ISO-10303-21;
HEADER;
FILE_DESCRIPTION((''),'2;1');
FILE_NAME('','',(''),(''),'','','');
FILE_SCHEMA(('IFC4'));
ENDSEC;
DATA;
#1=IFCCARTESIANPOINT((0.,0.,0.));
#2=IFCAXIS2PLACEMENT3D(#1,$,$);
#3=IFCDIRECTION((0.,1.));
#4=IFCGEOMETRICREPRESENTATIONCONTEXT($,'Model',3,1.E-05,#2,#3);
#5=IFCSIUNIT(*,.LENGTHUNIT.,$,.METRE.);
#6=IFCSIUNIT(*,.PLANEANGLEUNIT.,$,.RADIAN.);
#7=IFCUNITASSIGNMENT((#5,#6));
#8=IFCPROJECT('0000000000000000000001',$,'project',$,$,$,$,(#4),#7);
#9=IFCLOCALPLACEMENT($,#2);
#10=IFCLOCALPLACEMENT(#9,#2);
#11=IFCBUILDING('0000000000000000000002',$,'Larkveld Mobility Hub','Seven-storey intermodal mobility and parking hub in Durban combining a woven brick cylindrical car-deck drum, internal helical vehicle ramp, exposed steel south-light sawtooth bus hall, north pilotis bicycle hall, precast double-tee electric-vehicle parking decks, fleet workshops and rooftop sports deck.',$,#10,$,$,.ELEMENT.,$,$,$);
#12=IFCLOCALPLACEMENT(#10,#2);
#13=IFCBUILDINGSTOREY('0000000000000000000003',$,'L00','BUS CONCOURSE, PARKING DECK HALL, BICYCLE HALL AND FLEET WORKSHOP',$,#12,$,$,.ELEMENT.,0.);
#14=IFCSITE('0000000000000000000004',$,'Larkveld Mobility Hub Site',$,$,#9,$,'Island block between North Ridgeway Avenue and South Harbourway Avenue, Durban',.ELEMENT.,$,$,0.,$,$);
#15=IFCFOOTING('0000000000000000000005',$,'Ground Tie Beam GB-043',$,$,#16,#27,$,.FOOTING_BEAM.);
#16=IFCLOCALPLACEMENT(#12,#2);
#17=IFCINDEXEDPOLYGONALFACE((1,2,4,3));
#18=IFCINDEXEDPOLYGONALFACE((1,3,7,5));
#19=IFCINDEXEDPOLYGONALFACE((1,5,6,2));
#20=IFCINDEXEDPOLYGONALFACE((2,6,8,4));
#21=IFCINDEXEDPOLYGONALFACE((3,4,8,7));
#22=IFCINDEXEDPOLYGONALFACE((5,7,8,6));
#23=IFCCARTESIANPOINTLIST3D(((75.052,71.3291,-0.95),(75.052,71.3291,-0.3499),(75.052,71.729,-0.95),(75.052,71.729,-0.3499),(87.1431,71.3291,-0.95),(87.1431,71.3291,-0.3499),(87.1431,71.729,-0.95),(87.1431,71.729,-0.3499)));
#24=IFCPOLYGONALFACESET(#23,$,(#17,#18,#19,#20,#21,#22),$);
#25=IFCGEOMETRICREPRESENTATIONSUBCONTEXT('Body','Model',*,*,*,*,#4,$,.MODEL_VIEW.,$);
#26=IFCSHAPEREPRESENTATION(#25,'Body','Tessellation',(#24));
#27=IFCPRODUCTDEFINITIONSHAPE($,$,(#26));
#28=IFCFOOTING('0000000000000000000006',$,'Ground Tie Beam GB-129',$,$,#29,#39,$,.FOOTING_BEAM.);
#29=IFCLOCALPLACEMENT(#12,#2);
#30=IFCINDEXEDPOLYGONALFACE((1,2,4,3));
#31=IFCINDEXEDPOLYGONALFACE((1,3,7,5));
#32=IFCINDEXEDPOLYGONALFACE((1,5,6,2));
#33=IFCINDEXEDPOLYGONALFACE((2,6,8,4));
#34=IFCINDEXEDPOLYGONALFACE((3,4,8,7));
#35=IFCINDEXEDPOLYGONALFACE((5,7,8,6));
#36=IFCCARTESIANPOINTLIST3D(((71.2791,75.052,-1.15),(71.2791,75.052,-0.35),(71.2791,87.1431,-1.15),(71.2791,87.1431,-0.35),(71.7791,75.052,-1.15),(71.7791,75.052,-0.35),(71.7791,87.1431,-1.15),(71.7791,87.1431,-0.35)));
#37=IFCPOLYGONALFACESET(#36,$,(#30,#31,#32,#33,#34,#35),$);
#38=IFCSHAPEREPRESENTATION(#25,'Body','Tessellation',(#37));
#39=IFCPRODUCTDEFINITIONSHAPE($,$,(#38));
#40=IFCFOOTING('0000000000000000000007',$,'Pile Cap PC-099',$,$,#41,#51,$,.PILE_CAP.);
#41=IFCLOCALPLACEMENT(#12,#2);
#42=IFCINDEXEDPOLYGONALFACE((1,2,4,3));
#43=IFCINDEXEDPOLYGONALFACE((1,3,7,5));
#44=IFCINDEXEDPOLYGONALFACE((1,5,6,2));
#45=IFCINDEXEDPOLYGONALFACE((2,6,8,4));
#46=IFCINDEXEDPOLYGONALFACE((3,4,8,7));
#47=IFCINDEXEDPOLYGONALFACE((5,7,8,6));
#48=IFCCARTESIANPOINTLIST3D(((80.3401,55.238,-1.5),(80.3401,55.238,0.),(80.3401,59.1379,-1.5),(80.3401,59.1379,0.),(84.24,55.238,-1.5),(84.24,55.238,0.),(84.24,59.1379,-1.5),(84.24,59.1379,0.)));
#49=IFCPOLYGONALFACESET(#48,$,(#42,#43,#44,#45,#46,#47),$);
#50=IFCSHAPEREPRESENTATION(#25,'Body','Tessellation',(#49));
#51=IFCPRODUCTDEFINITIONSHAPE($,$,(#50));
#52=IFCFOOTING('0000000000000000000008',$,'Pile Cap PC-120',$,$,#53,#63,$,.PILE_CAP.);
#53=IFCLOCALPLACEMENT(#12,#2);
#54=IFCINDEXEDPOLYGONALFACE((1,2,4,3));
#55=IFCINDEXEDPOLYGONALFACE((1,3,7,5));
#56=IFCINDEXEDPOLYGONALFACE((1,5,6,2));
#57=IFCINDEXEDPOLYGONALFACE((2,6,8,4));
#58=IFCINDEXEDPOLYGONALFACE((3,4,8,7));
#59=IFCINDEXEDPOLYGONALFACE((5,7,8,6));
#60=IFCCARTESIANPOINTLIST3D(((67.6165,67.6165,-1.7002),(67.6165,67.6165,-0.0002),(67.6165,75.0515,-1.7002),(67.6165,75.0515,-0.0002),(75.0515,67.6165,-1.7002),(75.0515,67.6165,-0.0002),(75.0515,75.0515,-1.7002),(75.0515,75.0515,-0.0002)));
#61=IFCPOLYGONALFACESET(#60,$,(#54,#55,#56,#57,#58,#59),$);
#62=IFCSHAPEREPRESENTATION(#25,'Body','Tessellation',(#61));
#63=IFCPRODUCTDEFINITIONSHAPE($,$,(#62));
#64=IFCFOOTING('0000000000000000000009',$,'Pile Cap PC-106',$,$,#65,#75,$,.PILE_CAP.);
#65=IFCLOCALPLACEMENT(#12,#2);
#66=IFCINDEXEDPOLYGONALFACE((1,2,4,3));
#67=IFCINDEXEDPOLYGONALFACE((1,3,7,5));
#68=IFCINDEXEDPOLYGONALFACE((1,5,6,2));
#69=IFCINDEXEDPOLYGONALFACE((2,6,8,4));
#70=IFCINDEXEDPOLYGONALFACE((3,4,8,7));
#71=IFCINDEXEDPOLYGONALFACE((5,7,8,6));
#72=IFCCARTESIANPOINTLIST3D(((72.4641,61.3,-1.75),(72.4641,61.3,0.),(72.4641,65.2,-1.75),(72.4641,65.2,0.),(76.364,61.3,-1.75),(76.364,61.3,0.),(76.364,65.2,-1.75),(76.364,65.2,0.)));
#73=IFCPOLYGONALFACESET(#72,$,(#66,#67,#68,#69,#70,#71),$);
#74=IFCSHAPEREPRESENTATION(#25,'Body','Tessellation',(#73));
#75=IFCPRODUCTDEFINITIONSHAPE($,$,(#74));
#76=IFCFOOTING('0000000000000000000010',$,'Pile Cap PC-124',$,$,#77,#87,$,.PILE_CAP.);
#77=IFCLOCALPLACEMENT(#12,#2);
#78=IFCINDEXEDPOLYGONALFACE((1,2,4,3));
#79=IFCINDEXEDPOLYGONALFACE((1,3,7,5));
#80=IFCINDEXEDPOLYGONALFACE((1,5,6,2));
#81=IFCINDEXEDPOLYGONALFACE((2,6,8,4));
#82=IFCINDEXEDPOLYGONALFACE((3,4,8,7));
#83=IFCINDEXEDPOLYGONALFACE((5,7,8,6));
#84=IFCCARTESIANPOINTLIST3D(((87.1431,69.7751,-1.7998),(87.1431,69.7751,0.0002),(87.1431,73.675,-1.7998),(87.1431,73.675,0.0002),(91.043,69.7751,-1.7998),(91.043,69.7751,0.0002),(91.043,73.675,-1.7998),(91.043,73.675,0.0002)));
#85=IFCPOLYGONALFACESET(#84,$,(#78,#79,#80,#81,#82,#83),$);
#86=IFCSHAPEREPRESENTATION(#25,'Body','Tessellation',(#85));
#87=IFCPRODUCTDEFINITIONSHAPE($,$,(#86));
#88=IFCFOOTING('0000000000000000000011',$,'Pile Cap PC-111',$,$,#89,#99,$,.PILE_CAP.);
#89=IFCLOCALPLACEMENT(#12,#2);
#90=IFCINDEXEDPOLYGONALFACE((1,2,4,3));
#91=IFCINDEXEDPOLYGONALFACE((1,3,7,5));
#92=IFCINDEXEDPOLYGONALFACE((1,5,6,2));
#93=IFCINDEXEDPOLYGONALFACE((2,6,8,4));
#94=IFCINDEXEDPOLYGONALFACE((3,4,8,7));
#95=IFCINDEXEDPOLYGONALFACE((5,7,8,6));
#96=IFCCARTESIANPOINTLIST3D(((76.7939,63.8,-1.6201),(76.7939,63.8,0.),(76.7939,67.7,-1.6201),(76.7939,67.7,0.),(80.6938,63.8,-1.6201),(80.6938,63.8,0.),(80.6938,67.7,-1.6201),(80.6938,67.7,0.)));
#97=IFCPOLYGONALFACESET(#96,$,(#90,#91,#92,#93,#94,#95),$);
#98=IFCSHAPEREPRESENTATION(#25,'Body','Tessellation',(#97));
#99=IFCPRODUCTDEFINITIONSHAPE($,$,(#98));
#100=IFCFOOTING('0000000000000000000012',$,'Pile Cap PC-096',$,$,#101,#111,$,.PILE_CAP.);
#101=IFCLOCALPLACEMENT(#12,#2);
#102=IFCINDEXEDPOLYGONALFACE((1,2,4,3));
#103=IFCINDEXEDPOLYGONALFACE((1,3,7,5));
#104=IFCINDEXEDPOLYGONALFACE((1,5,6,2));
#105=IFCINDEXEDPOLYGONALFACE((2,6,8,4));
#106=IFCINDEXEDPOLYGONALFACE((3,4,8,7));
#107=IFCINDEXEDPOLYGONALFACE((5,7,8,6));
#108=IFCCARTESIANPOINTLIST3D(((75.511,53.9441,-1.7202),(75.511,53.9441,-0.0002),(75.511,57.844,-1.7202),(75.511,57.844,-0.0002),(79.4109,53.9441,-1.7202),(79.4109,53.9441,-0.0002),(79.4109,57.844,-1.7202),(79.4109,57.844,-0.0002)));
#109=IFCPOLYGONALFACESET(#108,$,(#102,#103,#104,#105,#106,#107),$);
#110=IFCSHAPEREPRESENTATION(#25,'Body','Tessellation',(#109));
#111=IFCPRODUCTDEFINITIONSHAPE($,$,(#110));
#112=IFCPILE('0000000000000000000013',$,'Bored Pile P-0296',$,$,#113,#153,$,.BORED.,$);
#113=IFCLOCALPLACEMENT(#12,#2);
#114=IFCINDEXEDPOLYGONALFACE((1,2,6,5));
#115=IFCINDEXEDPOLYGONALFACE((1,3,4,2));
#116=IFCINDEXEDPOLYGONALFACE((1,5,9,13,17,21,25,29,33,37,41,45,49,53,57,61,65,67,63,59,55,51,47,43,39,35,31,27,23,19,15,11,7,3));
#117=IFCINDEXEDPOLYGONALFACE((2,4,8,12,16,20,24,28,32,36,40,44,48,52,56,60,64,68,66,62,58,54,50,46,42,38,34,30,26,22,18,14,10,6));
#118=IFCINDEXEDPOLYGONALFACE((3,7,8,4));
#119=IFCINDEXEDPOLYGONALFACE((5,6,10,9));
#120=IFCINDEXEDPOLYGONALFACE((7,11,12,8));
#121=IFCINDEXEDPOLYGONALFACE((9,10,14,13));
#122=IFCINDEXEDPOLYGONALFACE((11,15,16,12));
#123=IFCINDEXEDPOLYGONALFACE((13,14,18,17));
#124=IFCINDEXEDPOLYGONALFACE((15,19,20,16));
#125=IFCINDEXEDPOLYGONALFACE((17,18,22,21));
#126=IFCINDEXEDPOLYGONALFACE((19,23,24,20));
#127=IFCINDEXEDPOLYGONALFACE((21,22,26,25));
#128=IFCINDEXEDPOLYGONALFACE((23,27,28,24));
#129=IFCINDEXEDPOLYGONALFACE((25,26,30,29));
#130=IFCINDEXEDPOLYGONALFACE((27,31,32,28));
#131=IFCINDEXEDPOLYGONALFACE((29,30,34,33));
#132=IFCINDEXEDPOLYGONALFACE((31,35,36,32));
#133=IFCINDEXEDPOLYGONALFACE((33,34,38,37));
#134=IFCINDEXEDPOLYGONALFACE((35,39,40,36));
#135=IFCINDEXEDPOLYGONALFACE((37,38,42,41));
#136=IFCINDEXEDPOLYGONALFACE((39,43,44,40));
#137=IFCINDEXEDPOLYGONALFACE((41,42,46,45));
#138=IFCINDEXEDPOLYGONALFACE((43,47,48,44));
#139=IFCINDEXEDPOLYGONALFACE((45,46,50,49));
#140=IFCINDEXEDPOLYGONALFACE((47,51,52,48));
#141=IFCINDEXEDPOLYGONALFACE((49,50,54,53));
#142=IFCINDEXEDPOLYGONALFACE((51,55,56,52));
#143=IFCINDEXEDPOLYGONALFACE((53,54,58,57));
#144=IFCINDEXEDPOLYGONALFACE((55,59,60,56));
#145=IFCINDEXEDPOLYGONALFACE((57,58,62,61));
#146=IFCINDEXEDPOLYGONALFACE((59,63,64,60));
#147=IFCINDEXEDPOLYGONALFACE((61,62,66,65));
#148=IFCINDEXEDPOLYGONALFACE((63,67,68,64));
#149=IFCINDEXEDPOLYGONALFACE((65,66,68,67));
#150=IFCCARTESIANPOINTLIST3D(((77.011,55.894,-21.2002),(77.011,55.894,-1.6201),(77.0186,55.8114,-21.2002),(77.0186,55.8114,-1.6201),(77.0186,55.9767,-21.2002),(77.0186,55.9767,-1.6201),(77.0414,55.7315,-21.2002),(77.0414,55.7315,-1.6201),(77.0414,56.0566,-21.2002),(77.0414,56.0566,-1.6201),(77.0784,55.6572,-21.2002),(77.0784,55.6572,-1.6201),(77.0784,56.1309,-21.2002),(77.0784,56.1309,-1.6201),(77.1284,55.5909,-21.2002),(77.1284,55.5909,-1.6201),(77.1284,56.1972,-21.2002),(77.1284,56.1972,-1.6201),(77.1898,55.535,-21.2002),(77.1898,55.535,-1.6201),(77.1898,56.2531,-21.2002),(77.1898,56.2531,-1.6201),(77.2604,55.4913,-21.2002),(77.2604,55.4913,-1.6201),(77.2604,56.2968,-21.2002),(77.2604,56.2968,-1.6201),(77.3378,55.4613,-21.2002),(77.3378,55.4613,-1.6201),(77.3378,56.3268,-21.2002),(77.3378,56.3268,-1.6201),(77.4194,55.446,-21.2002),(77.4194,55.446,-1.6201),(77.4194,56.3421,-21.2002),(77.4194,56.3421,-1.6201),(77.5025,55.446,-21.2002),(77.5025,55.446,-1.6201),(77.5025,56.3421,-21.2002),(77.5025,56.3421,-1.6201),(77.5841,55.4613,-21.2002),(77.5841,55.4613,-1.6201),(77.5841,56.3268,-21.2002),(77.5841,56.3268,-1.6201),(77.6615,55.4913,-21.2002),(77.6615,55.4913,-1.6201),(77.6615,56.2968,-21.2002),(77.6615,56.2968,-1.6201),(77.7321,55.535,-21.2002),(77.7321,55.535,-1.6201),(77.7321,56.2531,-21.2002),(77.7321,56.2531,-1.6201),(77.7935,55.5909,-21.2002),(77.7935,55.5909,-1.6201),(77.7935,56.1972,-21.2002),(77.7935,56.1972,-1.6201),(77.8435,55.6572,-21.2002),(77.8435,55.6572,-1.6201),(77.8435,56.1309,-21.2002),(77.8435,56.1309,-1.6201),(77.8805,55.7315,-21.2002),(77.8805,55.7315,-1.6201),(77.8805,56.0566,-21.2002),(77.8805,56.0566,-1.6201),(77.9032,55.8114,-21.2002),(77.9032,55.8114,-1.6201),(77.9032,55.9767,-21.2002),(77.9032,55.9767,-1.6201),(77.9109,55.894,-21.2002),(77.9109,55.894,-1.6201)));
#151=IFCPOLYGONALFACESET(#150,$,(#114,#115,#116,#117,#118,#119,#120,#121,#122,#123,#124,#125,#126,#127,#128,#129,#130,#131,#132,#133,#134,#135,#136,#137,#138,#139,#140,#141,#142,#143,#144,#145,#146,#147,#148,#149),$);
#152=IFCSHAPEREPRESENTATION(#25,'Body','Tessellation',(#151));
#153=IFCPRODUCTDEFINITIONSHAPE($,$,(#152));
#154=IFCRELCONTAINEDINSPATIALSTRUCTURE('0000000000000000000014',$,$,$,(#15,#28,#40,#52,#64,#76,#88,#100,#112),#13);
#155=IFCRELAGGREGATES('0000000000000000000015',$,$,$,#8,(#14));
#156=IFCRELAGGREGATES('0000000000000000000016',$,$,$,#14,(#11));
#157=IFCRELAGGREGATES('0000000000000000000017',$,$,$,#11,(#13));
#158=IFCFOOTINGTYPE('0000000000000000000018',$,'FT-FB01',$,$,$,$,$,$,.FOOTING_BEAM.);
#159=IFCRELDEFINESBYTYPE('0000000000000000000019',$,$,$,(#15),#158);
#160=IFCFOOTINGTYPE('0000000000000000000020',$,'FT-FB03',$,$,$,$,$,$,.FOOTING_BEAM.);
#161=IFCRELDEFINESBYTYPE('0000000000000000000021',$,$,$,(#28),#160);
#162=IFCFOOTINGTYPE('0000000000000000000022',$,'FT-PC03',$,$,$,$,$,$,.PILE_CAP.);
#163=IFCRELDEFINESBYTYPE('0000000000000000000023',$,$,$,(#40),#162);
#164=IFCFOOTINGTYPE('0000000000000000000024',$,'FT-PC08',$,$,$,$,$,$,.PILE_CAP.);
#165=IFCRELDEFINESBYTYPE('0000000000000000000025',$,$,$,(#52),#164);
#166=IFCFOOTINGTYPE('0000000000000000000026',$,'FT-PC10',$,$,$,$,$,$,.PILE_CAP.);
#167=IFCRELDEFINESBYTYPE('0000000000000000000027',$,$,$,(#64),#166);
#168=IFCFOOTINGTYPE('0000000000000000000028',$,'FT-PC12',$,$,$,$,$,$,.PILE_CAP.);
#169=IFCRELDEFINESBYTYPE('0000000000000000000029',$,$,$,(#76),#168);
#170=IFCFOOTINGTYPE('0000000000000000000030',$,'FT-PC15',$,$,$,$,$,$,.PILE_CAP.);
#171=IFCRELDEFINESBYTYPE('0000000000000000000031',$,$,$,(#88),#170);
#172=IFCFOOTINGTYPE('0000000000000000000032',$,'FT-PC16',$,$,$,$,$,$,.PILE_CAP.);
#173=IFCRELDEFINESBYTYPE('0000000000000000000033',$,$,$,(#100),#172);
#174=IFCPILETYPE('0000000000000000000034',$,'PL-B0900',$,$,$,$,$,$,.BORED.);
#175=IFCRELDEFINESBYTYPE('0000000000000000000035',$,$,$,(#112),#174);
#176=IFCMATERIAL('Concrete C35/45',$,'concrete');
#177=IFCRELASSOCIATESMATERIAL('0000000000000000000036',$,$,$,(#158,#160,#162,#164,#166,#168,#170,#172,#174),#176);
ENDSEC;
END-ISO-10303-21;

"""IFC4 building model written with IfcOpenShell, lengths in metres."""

from ifc_helpers import new_model, si_unit, direction, frame, origin, origin_2d, place, context, subcontext, project, spatial, rectangle, circle, extrude, material, material_profile, profile_set, type_object, element, save


model = new_model("IFC4")

# Units and contexts
model_context = context("Model", 3, precision=1e-05, world=origin(), true_north=direction((0.0, 1.0)))
body_context = subcontext(model_context, "Body", "Model", "MODEL_VIEW")
ifc_project = project(units=[si_unit("LENGTHUNIT", "METRE"), si_unit("PLANEANGLEUNIT", "RADIAN")], contexts=[model_context])

# Site, building, storey
site_placement = place(None, origin())
site = spatial("IfcSite", under=ifc_project, at=site_placement, Name="Larkveld Mobility Hub Site", LongName="Island block between North Ridgeway Avenue and South Harbourway Avenue, Durban", CompositionType="ELEMENT", RefElevation=0.0)
building_placement = place(site_placement, origin())
building = spatial("IfcBuilding", under=site, at=building_placement, Name="Larkveld Mobility Hub", Description="Seven-storey intermodal mobility and parking hub in Durban combining a woven brick cylindrical car-deck drum, internal helical vehicle ramp, exposed steel south-light sawtooth bus hall, north pilotis bicycle hall, precast double-tee electric-vehicle parking decks, fleet workshops and rooftop sports deck.", CompositionType="ELEMENT")
storey_placement = place(building_placement, origin())
storey = spatial("IfcBuildingStorey", under=building, at=storey_placement, Name="L00", Description="BUS CONCOURSE, PARKING DECK HALL, BICYCLE HALL AND FLEET WORKSHOP", CompositionType="ELEMENT", Elevation=0.0)

# Footings
ifc_material_1 = material(Name="Concrete C35/45", Category="concrete")
ifc_material_profile_1 = material_profile(ifc_material_1, rectangle(XDim=0.3999, YDim=0.6001, at=origin_2d()), Name="RC BM 400x600")
ifc_profile_set_1 = profile_set([ifc_material_profile_1], Name="Concrete C35/45")
footing_type_1 = type_object("IfcFootingType", Name="FT-FB01", PredefinedType="FOOTING_BEAM", material=ifc_profile_set_1)
footing_1_placement = place(storey_placement, frame((75.052, 71.5291, -0.6499), z_axis=(1.0, 0.0, 0.0), x_axis=(0.0, 1.0, 0.0)))
element("IfcFooting", 1, at=footing_1_placement, inside=storey, type_object=footing_type_1, Name="Ground Tie Beam GB-043", PredefinedType="FOOTING_BEAM", context=body_context, shape_type="SweptSolid", body=[
    extrude(rectangle(XDim=0.3999, YDim=0.6001, at=origin_2d()), origin(), (0.0, 0.0, 1.0), 12.0911),
])
ifc_material_profile_2 = material_profile(ifc_material_1, rectangle(XDim=0.5, YDim=0.8, at=origin_2d()), Name="RC BM 500x800")
ifc_profile_set_2 = profile_set([ifc_material_profile_2], Name="Concrete C35/45")
footing_type_2 = type_object("IfcFootingType", Name="FT-FB03", PredefinedType="FOOTING_BEAM", material=ifc_profile_set_2)
footing_2_placement = place(storey_placement, frame((71.5291, 75.052, -0.75), z_axis=(0.0, 1.0, 0.0), x_axis=(-1.0, 0.0, 0.0)))
element("IfcFooting", 2, at=footing_2_placement, inside=storey, type_object=footing_type_2, Name="Ground Tie Beam GB-129", PredefinedType="FOOTING_BEAM", context=body_context, shape_type="SweptSolid", body=[
    extrude(rectangle(XDim=0.5, YDim=0.8, at=origin_2d()), origin(), (0.0, 0.0, 1.0), 12.0911),
])
footing_type_3 = type_object("IfcFootingType", Name="FT-PC03", PredefinedType="PILE_CAP", material=ifc_material_1)
footing_3_placement = place(storey_placement, frame((82.29, 57.188, -1.5), z_axis=(0.0, 0.0, 1.0), x_axis=(1.0, 0.0, 0.0)))
element("IfcFooting", 3, at=footing_3_placement, inside=storey, type_object=footing_type_3, Name="Pile Cap PC-099", PredefinedType="PILE_CAP", context=body_context, shape_type="SweptSolid", body=[
    extrude(rectangle(XDim=3.8999, YDim=3.8999, at=origin_2d()), origin(), (0.0, 0.0, 1.0), 1.5),
])
footing_type_4 = type_object("IfcFootingType", Name="FT-PC08", PredefinedType="PILE_CAP", material=ifc_material_1)
footing_4_placement = place(storey_placement, frame((71.334, 71.334, -1.7002), z_axis=(0.0, 0.0, 1.0), x_axis=(1.0, 0.0, 0.0)))
element("IfcFooting", 4, at=footing_4_placement, inside=storey, type_object=footing_type_4, Name="Pile Cap PC-120", PredefinedType="PILE_CAP", context=body_context, shape_type="SweptSolid", body=[
    extrude(rectangle(XDim=7.4351, YDim=7.4351, at=origin_2d()), origin(), (0.0, 0.0, 1.0), 1.7),
])
footing_type_5 = type_object("IfcFootingType", Name="FT-PC10", PredefinedType="PILE_CAP", material=ifc_material_1)
footing_5_placement = place(storey_placement, frame((74.4141, 63.25, -1.75), z_axis=(0.0, 0.0, 1.0), x_axis=(1.0, 0.0, 0.0)))
element("IfcFooting", 5, at=footing_5_placement, inside=storey, type_object=footing_type_5, Name="Pile Cap PC-106", PredefinedType="PILE_CAP", context=body_context, shape_type="SweptSolid", body=[
    extrude(rectangle(XDim=3.8999, YDim=3.8999, at=origin_2d()), origin(), (0.0, 0.0, 1.0), 1.75),
])
footing_type_6 = type_object("IfcFootingType", Name="FT-PC12", PredefinedType="PILE_CAP", material=ifc_material_1)
footing_6_placement = place(storey_placement, frame((89.093, 71.7251, -1.7998), z_axis=(0.0, 0.0, 1.0), x_axis=(1.0, 0.0, 0.0)))
element("IfcFooting", 6, at=footing_6_placement, inside=storey, type_object=footing_type_6, Name="Pile Cap PC-124", PredefinedType="PILE_CAP", context=body_context, shape_type="SweptSolid", body=[
    extrude(rectangle(XDim=3.8999, YDim=3.8999, at=origin_2d()), origin(), (0.0, 0.0, 1.0), 1.8),
])
footing_type_7 = type_object("IfcFootingType", Name="FT-PC15", PredefinedType="PILE_CAP", material=ifc_material_1)
footing_7_placement = place(storey_placement, frame((78.7439, 65.75, -1.6201), z_axis=(0.0, 0.0, 1.0), x_axis=(1.0, 0.0, 0.0)))
element("IfcFooting", 7, at=footing_7_placement, inside=storey, type_object=footing_type_7, Name="Pile Cap PC-111", PredefinedType="PILE_CAP", context=body_context, shape_type="SweptSolid", body=[
    extrude(rectangle(XDim=3.8999, YDim=3.8999, at=origin_2d()), origin(), (0.0, 0.0, 1.0), 1.6201),
])
footing_type_8 = type_object("IfcFootingType", Name="FT-PC16", PredefinedType="PILE_CAP", material=ifc_material_1)
footing_8_placement = place(storey_placement, frame((77.4609, 55.894, -1.7202), z_axis=(0.0, 0.0, 1.0), x_axis=(1.0, 0.0, 0.0)))
element("IfcFooting", 8, at=footing_8_placement, inside=storey, type_object=footing_type_8, Name="Pile Cap PC-096", PredefinedType="PILE_CAP", context=body_context, shape_type="SweptSolid", body=[
    extrude(rectangle(XDim=3.8999, YDim=3.8999, at=origin_2d()), origin(), (0.0, 0.0, 1.0), 1.72),
])

# Pile
ifc_material_profile_3 = material_profile(ifc_material_1, circle(Radius=0.45, at=origin_2d()), Name="PILE D900")
ifc_profile_set_3 = profile_set([ifc_material_profile_3], Name="Concrete C35/45")
pile_type_1 = type_object("IfcPileType", Name="PL-B0900", PredefinedType="BORED", material=ifc_profile_set_3)
pile_1_placement = place(storey_placement, frame((77.4609, 55.894, -1.6201), z_axis=(0.0, 0.0, -1.0), x_axis=(1.0, 0.0, 0.0)))
element("IfcPile", 9, at=pile_1_placement, inside=storey, type_object=pile_type_1, Name="Bored Pile P-0296", PredefinedType="BORED", context=body_context, shape_type="SweptSolid", body=[
    extrude(circle(Radius=0.45, at=origin_2d()), origin(), (0.0, 0.0, 1.0), 19.5801),
])

save(model, "model.ifc")
